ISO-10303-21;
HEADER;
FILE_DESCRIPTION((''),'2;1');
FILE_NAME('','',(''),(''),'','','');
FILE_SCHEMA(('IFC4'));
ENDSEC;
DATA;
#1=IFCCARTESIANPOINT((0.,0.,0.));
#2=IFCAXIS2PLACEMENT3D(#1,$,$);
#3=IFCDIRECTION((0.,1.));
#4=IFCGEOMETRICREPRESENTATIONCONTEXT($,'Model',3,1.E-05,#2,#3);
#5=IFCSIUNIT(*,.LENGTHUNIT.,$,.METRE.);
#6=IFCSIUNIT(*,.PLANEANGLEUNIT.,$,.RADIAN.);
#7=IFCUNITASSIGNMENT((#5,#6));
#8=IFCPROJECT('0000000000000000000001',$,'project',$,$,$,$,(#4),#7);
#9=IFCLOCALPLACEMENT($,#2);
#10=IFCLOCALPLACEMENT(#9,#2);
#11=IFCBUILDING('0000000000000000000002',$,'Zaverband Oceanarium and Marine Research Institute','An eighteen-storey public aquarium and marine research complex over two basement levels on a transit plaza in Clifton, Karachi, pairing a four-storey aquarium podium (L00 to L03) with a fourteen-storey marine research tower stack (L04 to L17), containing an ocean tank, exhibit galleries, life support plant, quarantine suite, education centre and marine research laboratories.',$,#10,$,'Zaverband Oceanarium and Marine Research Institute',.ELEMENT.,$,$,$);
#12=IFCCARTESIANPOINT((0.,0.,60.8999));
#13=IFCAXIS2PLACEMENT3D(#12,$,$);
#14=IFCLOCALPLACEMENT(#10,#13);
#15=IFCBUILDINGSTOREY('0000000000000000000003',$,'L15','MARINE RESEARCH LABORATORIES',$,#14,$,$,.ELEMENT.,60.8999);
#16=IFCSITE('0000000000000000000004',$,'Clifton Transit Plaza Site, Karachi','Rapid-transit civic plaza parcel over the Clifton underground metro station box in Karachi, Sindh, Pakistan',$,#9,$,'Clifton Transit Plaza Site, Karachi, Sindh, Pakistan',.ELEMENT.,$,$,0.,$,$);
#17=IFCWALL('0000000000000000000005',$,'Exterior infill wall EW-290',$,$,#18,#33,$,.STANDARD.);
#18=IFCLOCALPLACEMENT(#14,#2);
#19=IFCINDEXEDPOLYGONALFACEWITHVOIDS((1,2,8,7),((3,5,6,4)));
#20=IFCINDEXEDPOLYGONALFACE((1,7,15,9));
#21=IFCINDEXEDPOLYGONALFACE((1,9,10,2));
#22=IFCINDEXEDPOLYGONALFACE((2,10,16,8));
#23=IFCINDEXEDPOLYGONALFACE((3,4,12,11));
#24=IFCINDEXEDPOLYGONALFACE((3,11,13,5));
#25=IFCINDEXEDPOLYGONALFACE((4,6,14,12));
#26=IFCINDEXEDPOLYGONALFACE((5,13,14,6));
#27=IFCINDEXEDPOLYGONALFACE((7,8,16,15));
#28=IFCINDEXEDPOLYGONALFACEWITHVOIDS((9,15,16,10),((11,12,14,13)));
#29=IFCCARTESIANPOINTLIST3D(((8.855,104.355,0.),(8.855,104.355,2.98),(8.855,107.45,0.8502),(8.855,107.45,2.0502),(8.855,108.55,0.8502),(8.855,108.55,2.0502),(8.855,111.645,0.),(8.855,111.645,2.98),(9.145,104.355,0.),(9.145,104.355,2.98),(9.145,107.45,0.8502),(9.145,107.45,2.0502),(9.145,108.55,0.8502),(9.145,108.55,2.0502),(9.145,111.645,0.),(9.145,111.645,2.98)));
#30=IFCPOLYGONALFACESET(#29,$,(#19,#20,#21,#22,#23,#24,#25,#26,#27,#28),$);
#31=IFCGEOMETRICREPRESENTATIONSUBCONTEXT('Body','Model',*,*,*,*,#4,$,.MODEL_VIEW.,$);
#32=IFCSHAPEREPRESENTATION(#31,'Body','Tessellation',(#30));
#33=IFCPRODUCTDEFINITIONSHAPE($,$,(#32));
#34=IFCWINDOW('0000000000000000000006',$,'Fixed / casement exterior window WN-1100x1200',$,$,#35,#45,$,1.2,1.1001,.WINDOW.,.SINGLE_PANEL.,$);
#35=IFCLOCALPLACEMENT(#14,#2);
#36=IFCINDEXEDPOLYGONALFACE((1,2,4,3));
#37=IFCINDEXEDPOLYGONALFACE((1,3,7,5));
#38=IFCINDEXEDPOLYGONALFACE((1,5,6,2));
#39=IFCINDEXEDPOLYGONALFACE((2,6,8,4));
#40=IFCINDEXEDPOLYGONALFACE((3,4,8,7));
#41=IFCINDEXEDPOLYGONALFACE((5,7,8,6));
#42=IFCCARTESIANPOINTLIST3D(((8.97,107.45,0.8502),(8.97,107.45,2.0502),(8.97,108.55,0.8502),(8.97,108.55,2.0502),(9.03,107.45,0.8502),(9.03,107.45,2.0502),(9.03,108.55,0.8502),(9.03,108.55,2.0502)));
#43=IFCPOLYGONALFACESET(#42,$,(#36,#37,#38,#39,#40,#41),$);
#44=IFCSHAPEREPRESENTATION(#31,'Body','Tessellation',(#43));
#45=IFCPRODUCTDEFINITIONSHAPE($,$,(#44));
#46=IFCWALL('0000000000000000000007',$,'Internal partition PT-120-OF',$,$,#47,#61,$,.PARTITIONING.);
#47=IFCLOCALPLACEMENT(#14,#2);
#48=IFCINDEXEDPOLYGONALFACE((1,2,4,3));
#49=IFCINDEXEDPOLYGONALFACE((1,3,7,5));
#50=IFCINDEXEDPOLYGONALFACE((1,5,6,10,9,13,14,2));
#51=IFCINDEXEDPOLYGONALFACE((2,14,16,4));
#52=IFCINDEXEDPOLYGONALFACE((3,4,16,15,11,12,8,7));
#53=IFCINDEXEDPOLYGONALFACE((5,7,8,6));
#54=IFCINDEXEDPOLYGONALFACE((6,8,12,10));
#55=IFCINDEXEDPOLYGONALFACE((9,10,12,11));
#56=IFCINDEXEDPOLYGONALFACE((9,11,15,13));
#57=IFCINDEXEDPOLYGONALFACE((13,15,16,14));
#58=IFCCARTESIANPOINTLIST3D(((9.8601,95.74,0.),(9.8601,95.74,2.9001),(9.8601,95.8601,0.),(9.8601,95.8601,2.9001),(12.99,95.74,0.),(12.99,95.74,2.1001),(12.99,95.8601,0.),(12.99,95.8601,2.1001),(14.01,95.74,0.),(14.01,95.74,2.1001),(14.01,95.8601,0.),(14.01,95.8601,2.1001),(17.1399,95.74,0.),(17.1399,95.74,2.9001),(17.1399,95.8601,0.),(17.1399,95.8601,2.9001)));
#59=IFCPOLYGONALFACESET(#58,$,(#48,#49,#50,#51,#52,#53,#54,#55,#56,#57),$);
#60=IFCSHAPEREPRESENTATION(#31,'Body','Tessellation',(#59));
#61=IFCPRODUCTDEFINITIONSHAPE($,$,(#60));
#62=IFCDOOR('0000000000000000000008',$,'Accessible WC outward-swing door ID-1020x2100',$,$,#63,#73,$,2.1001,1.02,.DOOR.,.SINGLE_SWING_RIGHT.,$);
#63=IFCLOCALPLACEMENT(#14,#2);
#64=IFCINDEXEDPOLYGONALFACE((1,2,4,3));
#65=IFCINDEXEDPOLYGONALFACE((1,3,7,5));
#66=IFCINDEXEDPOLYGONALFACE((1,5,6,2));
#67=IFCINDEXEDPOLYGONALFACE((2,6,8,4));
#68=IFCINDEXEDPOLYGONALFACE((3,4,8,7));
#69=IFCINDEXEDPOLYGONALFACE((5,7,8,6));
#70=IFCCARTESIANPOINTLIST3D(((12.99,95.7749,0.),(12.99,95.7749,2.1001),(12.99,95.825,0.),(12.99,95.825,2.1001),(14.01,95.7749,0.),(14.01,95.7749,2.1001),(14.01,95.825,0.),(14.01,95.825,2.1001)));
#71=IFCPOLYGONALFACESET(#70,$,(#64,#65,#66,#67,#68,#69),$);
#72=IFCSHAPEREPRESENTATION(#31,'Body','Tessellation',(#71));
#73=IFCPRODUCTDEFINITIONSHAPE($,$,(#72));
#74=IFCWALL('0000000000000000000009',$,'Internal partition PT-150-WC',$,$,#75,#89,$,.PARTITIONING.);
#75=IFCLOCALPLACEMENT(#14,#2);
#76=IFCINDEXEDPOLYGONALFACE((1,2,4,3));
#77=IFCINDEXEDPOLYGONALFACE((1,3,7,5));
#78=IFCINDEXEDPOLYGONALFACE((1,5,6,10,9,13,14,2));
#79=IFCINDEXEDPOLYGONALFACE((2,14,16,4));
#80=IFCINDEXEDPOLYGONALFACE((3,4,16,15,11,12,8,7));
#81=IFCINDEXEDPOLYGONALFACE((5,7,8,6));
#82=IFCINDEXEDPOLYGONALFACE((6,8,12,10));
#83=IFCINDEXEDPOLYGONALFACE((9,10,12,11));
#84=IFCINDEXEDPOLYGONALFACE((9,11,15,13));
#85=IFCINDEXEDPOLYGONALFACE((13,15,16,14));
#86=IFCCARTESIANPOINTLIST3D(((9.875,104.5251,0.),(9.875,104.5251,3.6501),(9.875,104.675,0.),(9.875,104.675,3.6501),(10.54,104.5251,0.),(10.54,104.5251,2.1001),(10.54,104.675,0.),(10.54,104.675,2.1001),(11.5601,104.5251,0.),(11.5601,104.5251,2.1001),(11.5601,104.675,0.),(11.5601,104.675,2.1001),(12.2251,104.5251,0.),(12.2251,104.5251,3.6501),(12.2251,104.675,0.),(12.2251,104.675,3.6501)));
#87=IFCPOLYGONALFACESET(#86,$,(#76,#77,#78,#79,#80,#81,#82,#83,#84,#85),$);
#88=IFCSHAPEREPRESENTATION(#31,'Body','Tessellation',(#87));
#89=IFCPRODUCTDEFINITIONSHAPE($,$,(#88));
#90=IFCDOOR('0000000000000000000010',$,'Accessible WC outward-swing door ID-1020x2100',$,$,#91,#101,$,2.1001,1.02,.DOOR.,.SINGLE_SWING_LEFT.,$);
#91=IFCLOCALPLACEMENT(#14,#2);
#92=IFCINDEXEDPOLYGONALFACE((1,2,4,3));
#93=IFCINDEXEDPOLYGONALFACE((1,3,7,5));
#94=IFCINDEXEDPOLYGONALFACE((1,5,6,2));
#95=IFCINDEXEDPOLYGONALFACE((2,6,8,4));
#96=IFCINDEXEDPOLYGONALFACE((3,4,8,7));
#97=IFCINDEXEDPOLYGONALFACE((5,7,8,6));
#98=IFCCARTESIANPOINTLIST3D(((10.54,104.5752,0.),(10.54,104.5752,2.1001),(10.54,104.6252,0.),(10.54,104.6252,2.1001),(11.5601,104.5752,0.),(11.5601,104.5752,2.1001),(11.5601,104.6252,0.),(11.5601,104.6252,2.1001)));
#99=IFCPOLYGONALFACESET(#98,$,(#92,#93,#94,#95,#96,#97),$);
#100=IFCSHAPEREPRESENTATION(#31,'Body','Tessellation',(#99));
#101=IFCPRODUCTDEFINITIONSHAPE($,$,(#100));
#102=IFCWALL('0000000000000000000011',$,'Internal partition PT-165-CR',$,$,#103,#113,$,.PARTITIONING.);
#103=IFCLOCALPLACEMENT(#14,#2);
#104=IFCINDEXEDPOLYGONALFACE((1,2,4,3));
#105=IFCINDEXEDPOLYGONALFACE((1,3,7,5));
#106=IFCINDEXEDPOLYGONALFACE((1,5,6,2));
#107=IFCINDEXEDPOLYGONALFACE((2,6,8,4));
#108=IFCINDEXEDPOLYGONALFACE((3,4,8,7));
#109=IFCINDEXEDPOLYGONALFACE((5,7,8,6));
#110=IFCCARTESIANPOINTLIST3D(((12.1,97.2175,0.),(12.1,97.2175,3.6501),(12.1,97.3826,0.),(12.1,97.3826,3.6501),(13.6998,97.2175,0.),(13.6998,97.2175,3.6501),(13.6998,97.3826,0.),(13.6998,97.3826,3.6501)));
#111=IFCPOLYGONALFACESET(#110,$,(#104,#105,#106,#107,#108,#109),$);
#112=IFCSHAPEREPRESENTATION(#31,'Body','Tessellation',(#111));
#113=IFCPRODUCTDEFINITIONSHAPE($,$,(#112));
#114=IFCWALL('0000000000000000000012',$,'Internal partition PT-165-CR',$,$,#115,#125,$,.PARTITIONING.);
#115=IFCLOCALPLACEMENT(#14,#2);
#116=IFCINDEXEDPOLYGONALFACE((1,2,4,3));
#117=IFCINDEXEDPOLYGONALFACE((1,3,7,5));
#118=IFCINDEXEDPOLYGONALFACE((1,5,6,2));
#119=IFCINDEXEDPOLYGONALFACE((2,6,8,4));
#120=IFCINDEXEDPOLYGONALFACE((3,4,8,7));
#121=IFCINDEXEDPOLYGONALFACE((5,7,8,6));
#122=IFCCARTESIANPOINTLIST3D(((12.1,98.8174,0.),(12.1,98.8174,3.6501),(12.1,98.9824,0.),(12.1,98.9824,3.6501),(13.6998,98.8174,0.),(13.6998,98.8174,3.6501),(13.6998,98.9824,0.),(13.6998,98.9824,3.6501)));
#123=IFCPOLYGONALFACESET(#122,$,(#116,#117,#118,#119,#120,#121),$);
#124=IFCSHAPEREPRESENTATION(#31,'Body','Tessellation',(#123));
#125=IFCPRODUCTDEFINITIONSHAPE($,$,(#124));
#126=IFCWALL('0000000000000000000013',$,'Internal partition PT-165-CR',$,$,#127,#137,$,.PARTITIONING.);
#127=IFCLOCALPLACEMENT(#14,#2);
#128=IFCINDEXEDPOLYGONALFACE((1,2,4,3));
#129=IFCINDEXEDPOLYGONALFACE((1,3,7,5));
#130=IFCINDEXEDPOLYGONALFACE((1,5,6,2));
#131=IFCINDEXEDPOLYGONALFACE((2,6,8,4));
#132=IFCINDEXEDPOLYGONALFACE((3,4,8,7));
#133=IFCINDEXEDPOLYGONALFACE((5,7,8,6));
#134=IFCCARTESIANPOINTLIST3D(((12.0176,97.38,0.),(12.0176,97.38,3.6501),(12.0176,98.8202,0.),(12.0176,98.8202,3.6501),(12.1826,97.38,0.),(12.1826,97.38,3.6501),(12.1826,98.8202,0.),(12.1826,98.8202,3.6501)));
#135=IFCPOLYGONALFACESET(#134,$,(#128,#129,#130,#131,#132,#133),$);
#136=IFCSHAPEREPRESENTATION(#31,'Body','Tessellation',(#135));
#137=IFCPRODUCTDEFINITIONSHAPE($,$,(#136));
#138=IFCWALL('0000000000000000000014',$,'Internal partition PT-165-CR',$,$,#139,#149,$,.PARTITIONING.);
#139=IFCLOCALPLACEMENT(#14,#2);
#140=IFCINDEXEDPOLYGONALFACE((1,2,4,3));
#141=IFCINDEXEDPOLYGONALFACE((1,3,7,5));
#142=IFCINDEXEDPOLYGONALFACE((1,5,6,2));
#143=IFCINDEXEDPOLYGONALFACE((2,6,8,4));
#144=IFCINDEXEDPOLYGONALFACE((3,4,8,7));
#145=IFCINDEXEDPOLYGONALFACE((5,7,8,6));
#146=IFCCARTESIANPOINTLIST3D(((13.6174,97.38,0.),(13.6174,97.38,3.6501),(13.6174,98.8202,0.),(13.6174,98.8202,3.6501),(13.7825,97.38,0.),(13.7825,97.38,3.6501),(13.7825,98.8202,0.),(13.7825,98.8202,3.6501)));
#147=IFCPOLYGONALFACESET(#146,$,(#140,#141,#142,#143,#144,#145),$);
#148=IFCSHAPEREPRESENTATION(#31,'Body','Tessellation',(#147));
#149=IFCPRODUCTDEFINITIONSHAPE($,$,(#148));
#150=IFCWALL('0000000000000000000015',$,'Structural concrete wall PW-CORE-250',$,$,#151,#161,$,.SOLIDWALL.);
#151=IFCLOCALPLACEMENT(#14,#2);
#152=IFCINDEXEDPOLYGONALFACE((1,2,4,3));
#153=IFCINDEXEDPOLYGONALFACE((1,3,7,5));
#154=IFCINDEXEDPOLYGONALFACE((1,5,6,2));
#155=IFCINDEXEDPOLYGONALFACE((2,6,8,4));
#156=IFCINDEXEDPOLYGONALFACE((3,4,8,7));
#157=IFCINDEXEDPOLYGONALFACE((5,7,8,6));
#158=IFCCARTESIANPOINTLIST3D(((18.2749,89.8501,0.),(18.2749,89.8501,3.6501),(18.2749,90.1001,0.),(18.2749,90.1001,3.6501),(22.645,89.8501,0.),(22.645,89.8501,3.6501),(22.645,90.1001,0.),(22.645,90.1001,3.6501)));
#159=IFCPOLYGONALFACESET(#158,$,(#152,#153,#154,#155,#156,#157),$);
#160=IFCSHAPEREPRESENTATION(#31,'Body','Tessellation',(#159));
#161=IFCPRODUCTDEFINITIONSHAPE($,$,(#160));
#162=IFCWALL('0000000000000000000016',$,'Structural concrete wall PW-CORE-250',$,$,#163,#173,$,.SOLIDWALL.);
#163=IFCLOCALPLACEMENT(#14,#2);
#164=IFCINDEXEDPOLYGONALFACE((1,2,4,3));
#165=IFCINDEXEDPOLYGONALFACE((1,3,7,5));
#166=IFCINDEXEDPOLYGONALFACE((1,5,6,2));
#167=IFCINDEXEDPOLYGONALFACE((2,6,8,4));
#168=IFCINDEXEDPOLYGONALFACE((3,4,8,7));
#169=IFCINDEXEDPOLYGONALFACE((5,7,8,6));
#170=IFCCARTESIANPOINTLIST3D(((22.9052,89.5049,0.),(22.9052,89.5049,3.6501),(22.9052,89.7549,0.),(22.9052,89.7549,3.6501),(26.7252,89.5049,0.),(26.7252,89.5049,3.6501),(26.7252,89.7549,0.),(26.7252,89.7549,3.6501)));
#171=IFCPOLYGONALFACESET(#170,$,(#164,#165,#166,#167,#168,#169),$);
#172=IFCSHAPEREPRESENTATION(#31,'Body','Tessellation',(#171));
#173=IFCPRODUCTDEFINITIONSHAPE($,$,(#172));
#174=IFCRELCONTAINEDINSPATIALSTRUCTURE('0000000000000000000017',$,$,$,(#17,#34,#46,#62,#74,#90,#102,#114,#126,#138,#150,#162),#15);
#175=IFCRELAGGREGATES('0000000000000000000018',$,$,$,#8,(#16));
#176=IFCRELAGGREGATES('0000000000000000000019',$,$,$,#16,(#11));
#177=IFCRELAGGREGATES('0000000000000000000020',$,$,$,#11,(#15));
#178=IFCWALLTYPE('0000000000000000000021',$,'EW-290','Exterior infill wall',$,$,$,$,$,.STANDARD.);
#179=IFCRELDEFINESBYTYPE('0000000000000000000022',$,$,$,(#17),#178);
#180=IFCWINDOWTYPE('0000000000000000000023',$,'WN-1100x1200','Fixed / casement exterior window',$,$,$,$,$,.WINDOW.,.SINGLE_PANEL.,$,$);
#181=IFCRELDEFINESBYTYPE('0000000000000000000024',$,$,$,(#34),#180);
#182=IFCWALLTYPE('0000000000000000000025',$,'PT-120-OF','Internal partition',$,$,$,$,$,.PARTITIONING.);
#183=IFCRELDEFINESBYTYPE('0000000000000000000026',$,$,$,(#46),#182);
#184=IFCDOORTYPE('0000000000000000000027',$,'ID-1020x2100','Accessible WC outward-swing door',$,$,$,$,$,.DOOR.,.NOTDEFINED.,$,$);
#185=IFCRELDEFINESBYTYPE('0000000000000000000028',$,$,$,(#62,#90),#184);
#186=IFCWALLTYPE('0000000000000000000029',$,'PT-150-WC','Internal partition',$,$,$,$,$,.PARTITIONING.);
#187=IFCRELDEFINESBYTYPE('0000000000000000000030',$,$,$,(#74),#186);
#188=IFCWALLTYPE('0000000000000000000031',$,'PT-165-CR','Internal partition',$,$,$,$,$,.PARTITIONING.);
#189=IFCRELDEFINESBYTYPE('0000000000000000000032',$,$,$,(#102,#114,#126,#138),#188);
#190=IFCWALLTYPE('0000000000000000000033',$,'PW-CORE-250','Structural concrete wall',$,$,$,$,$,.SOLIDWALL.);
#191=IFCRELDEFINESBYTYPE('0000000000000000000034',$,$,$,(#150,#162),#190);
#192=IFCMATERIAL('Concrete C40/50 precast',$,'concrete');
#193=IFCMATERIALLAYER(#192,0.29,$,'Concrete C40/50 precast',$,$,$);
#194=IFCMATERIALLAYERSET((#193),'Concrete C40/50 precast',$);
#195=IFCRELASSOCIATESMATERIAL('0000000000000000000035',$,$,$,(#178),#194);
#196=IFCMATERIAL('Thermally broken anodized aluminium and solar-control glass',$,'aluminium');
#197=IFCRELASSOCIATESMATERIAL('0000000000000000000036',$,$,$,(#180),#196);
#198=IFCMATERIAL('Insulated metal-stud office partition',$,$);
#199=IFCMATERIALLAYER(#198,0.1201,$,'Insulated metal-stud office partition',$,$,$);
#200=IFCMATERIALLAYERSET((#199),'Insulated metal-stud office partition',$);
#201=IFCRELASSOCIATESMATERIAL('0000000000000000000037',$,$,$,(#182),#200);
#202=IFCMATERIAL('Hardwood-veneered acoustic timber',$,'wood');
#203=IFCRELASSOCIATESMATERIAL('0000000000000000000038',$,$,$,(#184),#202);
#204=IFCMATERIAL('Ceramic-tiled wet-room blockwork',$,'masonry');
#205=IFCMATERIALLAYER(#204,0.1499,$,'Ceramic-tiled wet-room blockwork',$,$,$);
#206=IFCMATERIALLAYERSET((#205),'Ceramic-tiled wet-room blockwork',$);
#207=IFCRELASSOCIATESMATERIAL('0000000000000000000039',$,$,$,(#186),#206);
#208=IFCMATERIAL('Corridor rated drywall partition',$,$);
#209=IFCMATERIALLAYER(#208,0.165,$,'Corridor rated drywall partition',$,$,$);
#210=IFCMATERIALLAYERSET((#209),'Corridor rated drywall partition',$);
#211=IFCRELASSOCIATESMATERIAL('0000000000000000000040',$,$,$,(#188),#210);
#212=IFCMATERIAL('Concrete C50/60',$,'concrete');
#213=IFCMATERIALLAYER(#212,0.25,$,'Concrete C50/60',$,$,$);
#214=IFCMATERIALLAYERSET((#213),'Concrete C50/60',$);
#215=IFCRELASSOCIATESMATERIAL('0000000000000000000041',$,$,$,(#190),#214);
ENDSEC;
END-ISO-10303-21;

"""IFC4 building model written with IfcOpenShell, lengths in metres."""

from ifc_helpers import new_model, si_unit, direction, frame, frame_2d, origin, place, context, subcontext, project, spatial, rectangle, extrude, material, layer, layer_set, type_object, element, fill, save


model = new_model("IFC4")

# Units and contexts
model_context = context("Model", 3, precision=1e-05, world=origin(), true_north=direction((0.0, 1.0)))
body_context = subcontext(model_context, "Body", "Model", "MODEL_VIEW")
ifc_project = project(units=[si_unit("LENGTHUNIT", "METRE"), si_unit("PLANEANGLEUNIT", "RADIAN")], contexts=[model_context])

# Site, building, storey
site_placement = place(None, origin())
site = spatial("IfcSite", under=ifc_project, at=site_placement, Name="Clifton Transit Plaza Site, Karachi", Description="Rapid-transit civic plaza parcel over the Clifton underground metro station box in Karachi, Sindh, Pakistan", LongName="Clifton Transit Plaza Site, Karachi, Sindh, Pakistan", CompositionType="ELEMENT", RefElevation=0.0)
building_placement = place(site_placement, origin())
building = spatial("IfcBuilding", under=site, at=building_placement, Name="Zaverband Oceanarium and Marine Research Institute", Description="An eighteen-storey public aquarium and marine research complex over two basement levels on a transit plaza in Clifton, Karachi, pairing a four-storey aquarium podium (L00 to L03) with a fourteen-storey marine research tower stack (L04 to L17), containing an ocean tank, exhibit galleries, life support plant, quarantine suite, education centre and marine research laboratories.", LongName="Zaverband Oceanarium and Marine Research Institute", CompositionType="ELEMENT")
storey_placement = place(building_placement, frame((0.0, 0.0, 60.8999)))
storey = spatial("IfcBuildingStorey", under=building, at=storey_placement, Name="L15", Description="MARINE RESEARCH LABORATORIES", CompositionType="ELEMENT", Elevation=60.8999)

# Shared definitions
ifc_material_1 = material(Name="Concrete C50/60", Category="concrete")

# Wall, opening, window
ifc_material_2 = material(Name="Concrete C40/50 precast", Category="concrete")
ifc_layer_1 = layer(ifc_material_2, 0.29, Name="Concrete C40/50 precast")
ifc_layer_set_1 = layer_set([ifc_layer_1], Name="Concrete C40/50 precast")
wall_type_1 = type_object("IfcWallType", Name="EW-290", Description="Exterior infill wall", PredefinedType="STANDARD", material=ifc_layer_set_1)
wall_1_placement = place(storey_placement, frame((9.0, 104.355, 0.0), z_axis=(0.0, 0.0, 1.0), x_axis=(0.0, 1.0, 0.0)))
wall_1 = element("IfcWall", 1, at=wall_1_placement, inside=storey, type_object=wall_type_1, Name="Exterior infill wall EW-290", PredefinedType="STANDARD", context=body_context, shape_type="SweptSolid", body=[
    extrude(rectangle(XDim=7.29, YDim=0.29, at=frame_2d((3.645, 0.0))), origin(), (0.0, 0.0, 1.0), 2.98),
])
opening_1_placement = place(wall_1_placement, frame((3.095, 0.0, 0.8501)))
opening_1 = element("IfcOpeningElement", 2, at=opening_1_placement, cuts=wall_1, PredefinedType="OPENING", context=body_context, shape_type="SweptSolid", body=[
    extrude(rectangle(XDim=1.1001, YDim=1.2, at=frame_2d((0.55, 0.6001))), frame((0.0, 0.157, 0.0), z_axis=(0.0, -1.0, 0.0), x_axis=(1.0, 0.0, 0.0)), (0.0, 0.0, 1.0), 0.314),
])
ifc_material_3 = material(Name="Thermally broken anodized aluminium and solar-control glass", Category="aluminium")
window_type = type_object("IfcWindowType", Name="WN-1100x1200", Description="Fixed / casement exterior window", PartitioningType="SINGLE_PANEL", PredefinedType="WINDOW", material=ifc_material_3)
window_placement = place(opening_1_placement, origin())
window = element("IfcWindow", 3, at=window_placement, inside=storey, type_object=window_type, Name="Fixed / casement exterior window WN-1100x1200", OverallHeight=1.2, OverallWidth=1.1001, PartitioningType="SINGLE_PANEL", PredefinedType="WINDOW", context=body_context, shape_type="SweptSolid", body=[
    extrude(rectangle(XDim=1.1001, YDim=1.2, at=frame_2d((0.55, 0.6001))), frame((0.0, 0.03, 0.0), z_axis=(0.0, -1.0, 0.0), x_axis=(1.0, 0.0, 0.0)), (0.0, 0.0, 1.0), 0.0601),
])
fill(opening_1, window)

# Walls, openings, doors
ifc_material_4 = material(Name="Insulated metal-stud office partition")
ifc_layer_2 = layer(ifc_material_4, 0.1201, Name="Insulated metal-stud office partition")
ifc_layer_set_2 = layer_set([ifc_layer_2], Name="Insulated metal-stud office partition")
wall_type_2 = type_object("IfcWallType", Name="PT-120-OF", Description="Internal partition", PredefinedType="PARTITIONING", material=ifc_layer_set_2)
wall_2_placement = place(storey_placement, frame((9.8601, 95.8, 0.0), z_axis=(0.0, 0.0, 1.0), x_axis=(1.0, 0.0, 0.0)))
wall_2 = element("IfcWall", 4, at=wall_2_placement, inside=storey, type_object=wall_type_2, Name="Internal partition PT-120-OF", PredefinedType="PARTITIONING", context=body_context, shape_type="SweptSolid", body=[
    extrude(rectangle(XDim=7.2798, YDim=0.1201, at=frame_2d((3.6399, 0.0))), origin(), (0.0, 0.0, 1.0), 2.9001),
])
opening_2_placement = place(wall_2_placement, frame((3.1299, 0.0, 0.0)))
opening_2 = element("IfcOpeningElement", 5, at=opening_2_placement, cuts=wall_2, PredefinedType="OPENING", context=body_context, shape_type="SweptSolid", body=[
    extrude(rectangle(XDim=1.02, YDim=2.1001, at=frame_2d((0.51, 1.05))), frame((0.0, 0.072, 0.0), z_axis=(0.0, -1.0, 0.0), x_axis=(1.0, 0.0, 0.0)), (0.0, 0.0, 1.0), 0.144),
])
ifc_material_5 = material(Name="Hardwood-veneered acoustic timber", Category="wood")
door_type = type_object("IfcDoorType", Name="ID-1020x2100", Description="Accessible WC outward-swing door", OperationType="NOTDEFINED", PredefinedType="DOOR", material=ifc_material_5)
door_1_placement = place(opening_2_placement, origin())
door_1 = element("IfcDoor", 6, at=door_1_placement, inside=storey, type_object=door_type, Name="Accessible WC outward-swing door ID-1020x2100", OperationType="SINGLE_SWING_RIGHT", OverallHeight=2.1001, OverallWidth=1.02, PredefinedType="DOOR", context=body_context, shape_type="SweptSolid", body=[
    extrude(rectangle(XDim=1.02, YDim=2.1001, at=frame_2d((0.51, 1.05))), frame((0.0, 0.0249, 0.0), z_axis=(0.0, -1.0, 0.0), x_axis=(1.0, 0.0, 0.0)), (0.0, 0.0, 1.0), 0.05),
])
fill(opening_2, door_1)
ifc_material_6 = material(Name="Ceramic-tiled wet-room blockwork", Category="masonry")
ifc_layer_3 = layer(ifc_material_6, 0.1499, Name="Ceramic-tiled wet-room blockwork")
ifc_layer_set_3 = layer_set([ifc_layer_3], Name="Ceramic-tiled wet-room blockwork")
wall_type_3 = type_object("IfcWallType", Name="PT-150-WC", Description="Internal partition", PredefinedType="PARTITIONING", material=ifc_layer_set_3)
wall_3_placement = place(storey_placement, frame((9.875, 104.6001, 0.0), z_axis=(0.0, 0.0, 1.0), x_axis=(1.0, 0.0, 0.0)))
wall_3 = element("IfcWall", 7, at=wall_3_placement, inside=storey, type_object=wall_type_3, Name="Internal partition PT-150-WC", PredefinedType="PARTITIONING", context=body_context, shape_type="SweptSolid", body=[
    extrude(rectangle(XDim=2.3501, YDim=0.1499, at=frame_2d((1.175, 0.0))), origin(), (0.0, 0.0, 1.0), 3.6501),
])
opening_3_placement = place(wall_3_placement, frame((0.665, 0.0, 0.0)))
opening_3 = element("IfcOpeningElement", 8, at=opening_3_placement, cuts=wall_3, PredefinedType="OPENING", context=body_context, shape_type="SweptSolid", body=[
    extrude(rectangle(XDim=1.02, YDim=2.1001, at=frame_2d((0.51, 1.05))), frame((0.0, 0.0869, 0.0), z_axis=(0.0, -1.0, 0.0), x_axis=(1.0, 0.0, 0.0)), (0.0, 0.0, 1.0), 0.1738),
])
door_2_placement = place(opening_3_placement, frame((1.02, 0.0, 0.0), z_axis=(0.0, 0.0, 1.0), x_axis=(-1.0, 0.0, 0.0)))
door_2 = element("IfcDoor", 9, at=door_2_placement, inside=storey, type_object=door_type, Name="Accessible WC outward-swing door ID-1020x2100", OperationType="SINGLE_SWING_LEFT", OverallHeight=2.1001, OverallWidth=1.02, PredefinedType="DOOR", context=body_context, shape_type="SweptSolid", body=[
    extrude(rectangle(XDim=1.02, YDim=2.1001, at=frame_2d((0.51, 1.05))), frame((0.0, 0.0249, 0.0), z_axis=(0.0, -1.0, 0.0), x_axis=(1.0, 0.0, 0.0)), (0.0, 0.0, 1.0), 0.05),
])
fill(opening_3, door_2)

# Walls
ifc_material_7 = material(Name="Corridor rated drywall partition")
ifc_layer_4 = layer(ifc_material_7, 0.165, Name="Corridor rated drywall partition")
ifc_layer_set_4 = layer_set([ifc_layer_4], Name="Corridor rated drywall partition")
wall_type_4 = type_object("IfcWallType", Name="PT-165-CR", Description="Internal partition", PredefinedType="PARTITIONING", material=ifc_layer_set_4)
for number, where, z_axis, x_axis, name in (
    (10, (12.1001, 97.3, 0.0), (0.0, 0.0, 1.0), (1.0, 0.0, 0.0), "Internal partition PT-165-CR"),
    (11, (12.1001, 98.8999, 0.0), (0.0, 0.0, 1.0), (1.0, 0.0, 0.0), "Internal partition PT-165-CR"),
):
    element("IfcWall", number, at=place(storey_placement, frame(where, z_axis=z_axis, x_axis=x_axis)), inside=storey, type_object=wall_type_4, Name=name, PredefinedType="PARTITIONING", context=body_context, shape_type="SweptSolid", body=[
        extrude(rectangle(XDim=1.5999, YDim=0.165, at=frame_2d((0.7998, 0.0))), origin(), (0.0, 0.0, 1.0), 3.6501),
    ])
for number, where, z_axis, x_axis, name in (
    (12, (12.1001, 97.3799, 0.0), (0.0, 0.0, 1.0), (0.0, 1.0, 0.0), "Internal partition PT-165-CR"),
    (13, (13.7, 97.3799, 0.0), (0.0, 0.0, 1.0), (0.0, 1.0, 0.0), "Internal partition PT-165-CR"),
):
    element("IfcWall", number, at=place(storey_placement, frame(where, z_axis=z_axis, x_axis=x_axis)), inside=storey, type_object=wall_type_4, Name=name, PredefinedType="PARTITIONING", context=body_context, shape_type="SweptSolid", body=[
        extrude(rectangle(XDim=1.4402, YDim=0.165, at=frame_2d((0.7202, 0.0))), origin(), (0.0, 0.0, 1.0), 3.6501),
    ])
ifc_layer_5 = layer(ifc_material_1, 0.25, Name="Concrete C50/60")
ifc_layer_set_5 = layer_set([ifc_layer_5], Name="Concrete C50/60")
wall_type_5 = type_object("IfcWallType", Name="PW-CORE-250", Description="Structural concrete wall", PredefinedType="SOLIDWALL", material=ifc_layer_set_5)
wall_4_placement = place(storey_placement, frame((18.2749, 89.9751, 0.0), z_axis=(0.0, 0.0, 1.0), x_axis=(1.0, 0.0, 0.0)))
element("IfcWall", 14, at=wall_4_placement, inside=storey, type_object=wall_type_5, Name="Structural concrete wall PW-CORE-250", PredefinedType="SOLIDWALL", context=body_context, shape_type="SweptSolid", body=[
    extrude(rectangle(XDim=4.3701, YDim=0.25, at=frame_2d((2.1851, 0.0))), origin(), (0.0, 0.0, 1.0), 3.6501),
])
for number, where, z_axis, x_axis, name in (
    (15, (22.905, 89.6299, 0.0), (0.0, 0.0, 1.0), (1.0, 0.0, 0.0), "Structural concrete wall PW-CORE-250"),
):
    element("IfcWall", number, at=place(storey_placement, frame(where, z_axis=z_axis, x_axis=x_axis)), inside=storey, type_object=wall_type_5, Name=name, PredefinedType="SOLIDWALL", context=body_context, shape_type="SweptSolid", body=[
        extrude(rectangle(XDim=3.8201, YDim=0.25, at=frame_2d((1.9102, 0.0))), origin(), (0.0, 0.0, 1.0), 3.6501),
    ])

save(model, "model.ifc")
